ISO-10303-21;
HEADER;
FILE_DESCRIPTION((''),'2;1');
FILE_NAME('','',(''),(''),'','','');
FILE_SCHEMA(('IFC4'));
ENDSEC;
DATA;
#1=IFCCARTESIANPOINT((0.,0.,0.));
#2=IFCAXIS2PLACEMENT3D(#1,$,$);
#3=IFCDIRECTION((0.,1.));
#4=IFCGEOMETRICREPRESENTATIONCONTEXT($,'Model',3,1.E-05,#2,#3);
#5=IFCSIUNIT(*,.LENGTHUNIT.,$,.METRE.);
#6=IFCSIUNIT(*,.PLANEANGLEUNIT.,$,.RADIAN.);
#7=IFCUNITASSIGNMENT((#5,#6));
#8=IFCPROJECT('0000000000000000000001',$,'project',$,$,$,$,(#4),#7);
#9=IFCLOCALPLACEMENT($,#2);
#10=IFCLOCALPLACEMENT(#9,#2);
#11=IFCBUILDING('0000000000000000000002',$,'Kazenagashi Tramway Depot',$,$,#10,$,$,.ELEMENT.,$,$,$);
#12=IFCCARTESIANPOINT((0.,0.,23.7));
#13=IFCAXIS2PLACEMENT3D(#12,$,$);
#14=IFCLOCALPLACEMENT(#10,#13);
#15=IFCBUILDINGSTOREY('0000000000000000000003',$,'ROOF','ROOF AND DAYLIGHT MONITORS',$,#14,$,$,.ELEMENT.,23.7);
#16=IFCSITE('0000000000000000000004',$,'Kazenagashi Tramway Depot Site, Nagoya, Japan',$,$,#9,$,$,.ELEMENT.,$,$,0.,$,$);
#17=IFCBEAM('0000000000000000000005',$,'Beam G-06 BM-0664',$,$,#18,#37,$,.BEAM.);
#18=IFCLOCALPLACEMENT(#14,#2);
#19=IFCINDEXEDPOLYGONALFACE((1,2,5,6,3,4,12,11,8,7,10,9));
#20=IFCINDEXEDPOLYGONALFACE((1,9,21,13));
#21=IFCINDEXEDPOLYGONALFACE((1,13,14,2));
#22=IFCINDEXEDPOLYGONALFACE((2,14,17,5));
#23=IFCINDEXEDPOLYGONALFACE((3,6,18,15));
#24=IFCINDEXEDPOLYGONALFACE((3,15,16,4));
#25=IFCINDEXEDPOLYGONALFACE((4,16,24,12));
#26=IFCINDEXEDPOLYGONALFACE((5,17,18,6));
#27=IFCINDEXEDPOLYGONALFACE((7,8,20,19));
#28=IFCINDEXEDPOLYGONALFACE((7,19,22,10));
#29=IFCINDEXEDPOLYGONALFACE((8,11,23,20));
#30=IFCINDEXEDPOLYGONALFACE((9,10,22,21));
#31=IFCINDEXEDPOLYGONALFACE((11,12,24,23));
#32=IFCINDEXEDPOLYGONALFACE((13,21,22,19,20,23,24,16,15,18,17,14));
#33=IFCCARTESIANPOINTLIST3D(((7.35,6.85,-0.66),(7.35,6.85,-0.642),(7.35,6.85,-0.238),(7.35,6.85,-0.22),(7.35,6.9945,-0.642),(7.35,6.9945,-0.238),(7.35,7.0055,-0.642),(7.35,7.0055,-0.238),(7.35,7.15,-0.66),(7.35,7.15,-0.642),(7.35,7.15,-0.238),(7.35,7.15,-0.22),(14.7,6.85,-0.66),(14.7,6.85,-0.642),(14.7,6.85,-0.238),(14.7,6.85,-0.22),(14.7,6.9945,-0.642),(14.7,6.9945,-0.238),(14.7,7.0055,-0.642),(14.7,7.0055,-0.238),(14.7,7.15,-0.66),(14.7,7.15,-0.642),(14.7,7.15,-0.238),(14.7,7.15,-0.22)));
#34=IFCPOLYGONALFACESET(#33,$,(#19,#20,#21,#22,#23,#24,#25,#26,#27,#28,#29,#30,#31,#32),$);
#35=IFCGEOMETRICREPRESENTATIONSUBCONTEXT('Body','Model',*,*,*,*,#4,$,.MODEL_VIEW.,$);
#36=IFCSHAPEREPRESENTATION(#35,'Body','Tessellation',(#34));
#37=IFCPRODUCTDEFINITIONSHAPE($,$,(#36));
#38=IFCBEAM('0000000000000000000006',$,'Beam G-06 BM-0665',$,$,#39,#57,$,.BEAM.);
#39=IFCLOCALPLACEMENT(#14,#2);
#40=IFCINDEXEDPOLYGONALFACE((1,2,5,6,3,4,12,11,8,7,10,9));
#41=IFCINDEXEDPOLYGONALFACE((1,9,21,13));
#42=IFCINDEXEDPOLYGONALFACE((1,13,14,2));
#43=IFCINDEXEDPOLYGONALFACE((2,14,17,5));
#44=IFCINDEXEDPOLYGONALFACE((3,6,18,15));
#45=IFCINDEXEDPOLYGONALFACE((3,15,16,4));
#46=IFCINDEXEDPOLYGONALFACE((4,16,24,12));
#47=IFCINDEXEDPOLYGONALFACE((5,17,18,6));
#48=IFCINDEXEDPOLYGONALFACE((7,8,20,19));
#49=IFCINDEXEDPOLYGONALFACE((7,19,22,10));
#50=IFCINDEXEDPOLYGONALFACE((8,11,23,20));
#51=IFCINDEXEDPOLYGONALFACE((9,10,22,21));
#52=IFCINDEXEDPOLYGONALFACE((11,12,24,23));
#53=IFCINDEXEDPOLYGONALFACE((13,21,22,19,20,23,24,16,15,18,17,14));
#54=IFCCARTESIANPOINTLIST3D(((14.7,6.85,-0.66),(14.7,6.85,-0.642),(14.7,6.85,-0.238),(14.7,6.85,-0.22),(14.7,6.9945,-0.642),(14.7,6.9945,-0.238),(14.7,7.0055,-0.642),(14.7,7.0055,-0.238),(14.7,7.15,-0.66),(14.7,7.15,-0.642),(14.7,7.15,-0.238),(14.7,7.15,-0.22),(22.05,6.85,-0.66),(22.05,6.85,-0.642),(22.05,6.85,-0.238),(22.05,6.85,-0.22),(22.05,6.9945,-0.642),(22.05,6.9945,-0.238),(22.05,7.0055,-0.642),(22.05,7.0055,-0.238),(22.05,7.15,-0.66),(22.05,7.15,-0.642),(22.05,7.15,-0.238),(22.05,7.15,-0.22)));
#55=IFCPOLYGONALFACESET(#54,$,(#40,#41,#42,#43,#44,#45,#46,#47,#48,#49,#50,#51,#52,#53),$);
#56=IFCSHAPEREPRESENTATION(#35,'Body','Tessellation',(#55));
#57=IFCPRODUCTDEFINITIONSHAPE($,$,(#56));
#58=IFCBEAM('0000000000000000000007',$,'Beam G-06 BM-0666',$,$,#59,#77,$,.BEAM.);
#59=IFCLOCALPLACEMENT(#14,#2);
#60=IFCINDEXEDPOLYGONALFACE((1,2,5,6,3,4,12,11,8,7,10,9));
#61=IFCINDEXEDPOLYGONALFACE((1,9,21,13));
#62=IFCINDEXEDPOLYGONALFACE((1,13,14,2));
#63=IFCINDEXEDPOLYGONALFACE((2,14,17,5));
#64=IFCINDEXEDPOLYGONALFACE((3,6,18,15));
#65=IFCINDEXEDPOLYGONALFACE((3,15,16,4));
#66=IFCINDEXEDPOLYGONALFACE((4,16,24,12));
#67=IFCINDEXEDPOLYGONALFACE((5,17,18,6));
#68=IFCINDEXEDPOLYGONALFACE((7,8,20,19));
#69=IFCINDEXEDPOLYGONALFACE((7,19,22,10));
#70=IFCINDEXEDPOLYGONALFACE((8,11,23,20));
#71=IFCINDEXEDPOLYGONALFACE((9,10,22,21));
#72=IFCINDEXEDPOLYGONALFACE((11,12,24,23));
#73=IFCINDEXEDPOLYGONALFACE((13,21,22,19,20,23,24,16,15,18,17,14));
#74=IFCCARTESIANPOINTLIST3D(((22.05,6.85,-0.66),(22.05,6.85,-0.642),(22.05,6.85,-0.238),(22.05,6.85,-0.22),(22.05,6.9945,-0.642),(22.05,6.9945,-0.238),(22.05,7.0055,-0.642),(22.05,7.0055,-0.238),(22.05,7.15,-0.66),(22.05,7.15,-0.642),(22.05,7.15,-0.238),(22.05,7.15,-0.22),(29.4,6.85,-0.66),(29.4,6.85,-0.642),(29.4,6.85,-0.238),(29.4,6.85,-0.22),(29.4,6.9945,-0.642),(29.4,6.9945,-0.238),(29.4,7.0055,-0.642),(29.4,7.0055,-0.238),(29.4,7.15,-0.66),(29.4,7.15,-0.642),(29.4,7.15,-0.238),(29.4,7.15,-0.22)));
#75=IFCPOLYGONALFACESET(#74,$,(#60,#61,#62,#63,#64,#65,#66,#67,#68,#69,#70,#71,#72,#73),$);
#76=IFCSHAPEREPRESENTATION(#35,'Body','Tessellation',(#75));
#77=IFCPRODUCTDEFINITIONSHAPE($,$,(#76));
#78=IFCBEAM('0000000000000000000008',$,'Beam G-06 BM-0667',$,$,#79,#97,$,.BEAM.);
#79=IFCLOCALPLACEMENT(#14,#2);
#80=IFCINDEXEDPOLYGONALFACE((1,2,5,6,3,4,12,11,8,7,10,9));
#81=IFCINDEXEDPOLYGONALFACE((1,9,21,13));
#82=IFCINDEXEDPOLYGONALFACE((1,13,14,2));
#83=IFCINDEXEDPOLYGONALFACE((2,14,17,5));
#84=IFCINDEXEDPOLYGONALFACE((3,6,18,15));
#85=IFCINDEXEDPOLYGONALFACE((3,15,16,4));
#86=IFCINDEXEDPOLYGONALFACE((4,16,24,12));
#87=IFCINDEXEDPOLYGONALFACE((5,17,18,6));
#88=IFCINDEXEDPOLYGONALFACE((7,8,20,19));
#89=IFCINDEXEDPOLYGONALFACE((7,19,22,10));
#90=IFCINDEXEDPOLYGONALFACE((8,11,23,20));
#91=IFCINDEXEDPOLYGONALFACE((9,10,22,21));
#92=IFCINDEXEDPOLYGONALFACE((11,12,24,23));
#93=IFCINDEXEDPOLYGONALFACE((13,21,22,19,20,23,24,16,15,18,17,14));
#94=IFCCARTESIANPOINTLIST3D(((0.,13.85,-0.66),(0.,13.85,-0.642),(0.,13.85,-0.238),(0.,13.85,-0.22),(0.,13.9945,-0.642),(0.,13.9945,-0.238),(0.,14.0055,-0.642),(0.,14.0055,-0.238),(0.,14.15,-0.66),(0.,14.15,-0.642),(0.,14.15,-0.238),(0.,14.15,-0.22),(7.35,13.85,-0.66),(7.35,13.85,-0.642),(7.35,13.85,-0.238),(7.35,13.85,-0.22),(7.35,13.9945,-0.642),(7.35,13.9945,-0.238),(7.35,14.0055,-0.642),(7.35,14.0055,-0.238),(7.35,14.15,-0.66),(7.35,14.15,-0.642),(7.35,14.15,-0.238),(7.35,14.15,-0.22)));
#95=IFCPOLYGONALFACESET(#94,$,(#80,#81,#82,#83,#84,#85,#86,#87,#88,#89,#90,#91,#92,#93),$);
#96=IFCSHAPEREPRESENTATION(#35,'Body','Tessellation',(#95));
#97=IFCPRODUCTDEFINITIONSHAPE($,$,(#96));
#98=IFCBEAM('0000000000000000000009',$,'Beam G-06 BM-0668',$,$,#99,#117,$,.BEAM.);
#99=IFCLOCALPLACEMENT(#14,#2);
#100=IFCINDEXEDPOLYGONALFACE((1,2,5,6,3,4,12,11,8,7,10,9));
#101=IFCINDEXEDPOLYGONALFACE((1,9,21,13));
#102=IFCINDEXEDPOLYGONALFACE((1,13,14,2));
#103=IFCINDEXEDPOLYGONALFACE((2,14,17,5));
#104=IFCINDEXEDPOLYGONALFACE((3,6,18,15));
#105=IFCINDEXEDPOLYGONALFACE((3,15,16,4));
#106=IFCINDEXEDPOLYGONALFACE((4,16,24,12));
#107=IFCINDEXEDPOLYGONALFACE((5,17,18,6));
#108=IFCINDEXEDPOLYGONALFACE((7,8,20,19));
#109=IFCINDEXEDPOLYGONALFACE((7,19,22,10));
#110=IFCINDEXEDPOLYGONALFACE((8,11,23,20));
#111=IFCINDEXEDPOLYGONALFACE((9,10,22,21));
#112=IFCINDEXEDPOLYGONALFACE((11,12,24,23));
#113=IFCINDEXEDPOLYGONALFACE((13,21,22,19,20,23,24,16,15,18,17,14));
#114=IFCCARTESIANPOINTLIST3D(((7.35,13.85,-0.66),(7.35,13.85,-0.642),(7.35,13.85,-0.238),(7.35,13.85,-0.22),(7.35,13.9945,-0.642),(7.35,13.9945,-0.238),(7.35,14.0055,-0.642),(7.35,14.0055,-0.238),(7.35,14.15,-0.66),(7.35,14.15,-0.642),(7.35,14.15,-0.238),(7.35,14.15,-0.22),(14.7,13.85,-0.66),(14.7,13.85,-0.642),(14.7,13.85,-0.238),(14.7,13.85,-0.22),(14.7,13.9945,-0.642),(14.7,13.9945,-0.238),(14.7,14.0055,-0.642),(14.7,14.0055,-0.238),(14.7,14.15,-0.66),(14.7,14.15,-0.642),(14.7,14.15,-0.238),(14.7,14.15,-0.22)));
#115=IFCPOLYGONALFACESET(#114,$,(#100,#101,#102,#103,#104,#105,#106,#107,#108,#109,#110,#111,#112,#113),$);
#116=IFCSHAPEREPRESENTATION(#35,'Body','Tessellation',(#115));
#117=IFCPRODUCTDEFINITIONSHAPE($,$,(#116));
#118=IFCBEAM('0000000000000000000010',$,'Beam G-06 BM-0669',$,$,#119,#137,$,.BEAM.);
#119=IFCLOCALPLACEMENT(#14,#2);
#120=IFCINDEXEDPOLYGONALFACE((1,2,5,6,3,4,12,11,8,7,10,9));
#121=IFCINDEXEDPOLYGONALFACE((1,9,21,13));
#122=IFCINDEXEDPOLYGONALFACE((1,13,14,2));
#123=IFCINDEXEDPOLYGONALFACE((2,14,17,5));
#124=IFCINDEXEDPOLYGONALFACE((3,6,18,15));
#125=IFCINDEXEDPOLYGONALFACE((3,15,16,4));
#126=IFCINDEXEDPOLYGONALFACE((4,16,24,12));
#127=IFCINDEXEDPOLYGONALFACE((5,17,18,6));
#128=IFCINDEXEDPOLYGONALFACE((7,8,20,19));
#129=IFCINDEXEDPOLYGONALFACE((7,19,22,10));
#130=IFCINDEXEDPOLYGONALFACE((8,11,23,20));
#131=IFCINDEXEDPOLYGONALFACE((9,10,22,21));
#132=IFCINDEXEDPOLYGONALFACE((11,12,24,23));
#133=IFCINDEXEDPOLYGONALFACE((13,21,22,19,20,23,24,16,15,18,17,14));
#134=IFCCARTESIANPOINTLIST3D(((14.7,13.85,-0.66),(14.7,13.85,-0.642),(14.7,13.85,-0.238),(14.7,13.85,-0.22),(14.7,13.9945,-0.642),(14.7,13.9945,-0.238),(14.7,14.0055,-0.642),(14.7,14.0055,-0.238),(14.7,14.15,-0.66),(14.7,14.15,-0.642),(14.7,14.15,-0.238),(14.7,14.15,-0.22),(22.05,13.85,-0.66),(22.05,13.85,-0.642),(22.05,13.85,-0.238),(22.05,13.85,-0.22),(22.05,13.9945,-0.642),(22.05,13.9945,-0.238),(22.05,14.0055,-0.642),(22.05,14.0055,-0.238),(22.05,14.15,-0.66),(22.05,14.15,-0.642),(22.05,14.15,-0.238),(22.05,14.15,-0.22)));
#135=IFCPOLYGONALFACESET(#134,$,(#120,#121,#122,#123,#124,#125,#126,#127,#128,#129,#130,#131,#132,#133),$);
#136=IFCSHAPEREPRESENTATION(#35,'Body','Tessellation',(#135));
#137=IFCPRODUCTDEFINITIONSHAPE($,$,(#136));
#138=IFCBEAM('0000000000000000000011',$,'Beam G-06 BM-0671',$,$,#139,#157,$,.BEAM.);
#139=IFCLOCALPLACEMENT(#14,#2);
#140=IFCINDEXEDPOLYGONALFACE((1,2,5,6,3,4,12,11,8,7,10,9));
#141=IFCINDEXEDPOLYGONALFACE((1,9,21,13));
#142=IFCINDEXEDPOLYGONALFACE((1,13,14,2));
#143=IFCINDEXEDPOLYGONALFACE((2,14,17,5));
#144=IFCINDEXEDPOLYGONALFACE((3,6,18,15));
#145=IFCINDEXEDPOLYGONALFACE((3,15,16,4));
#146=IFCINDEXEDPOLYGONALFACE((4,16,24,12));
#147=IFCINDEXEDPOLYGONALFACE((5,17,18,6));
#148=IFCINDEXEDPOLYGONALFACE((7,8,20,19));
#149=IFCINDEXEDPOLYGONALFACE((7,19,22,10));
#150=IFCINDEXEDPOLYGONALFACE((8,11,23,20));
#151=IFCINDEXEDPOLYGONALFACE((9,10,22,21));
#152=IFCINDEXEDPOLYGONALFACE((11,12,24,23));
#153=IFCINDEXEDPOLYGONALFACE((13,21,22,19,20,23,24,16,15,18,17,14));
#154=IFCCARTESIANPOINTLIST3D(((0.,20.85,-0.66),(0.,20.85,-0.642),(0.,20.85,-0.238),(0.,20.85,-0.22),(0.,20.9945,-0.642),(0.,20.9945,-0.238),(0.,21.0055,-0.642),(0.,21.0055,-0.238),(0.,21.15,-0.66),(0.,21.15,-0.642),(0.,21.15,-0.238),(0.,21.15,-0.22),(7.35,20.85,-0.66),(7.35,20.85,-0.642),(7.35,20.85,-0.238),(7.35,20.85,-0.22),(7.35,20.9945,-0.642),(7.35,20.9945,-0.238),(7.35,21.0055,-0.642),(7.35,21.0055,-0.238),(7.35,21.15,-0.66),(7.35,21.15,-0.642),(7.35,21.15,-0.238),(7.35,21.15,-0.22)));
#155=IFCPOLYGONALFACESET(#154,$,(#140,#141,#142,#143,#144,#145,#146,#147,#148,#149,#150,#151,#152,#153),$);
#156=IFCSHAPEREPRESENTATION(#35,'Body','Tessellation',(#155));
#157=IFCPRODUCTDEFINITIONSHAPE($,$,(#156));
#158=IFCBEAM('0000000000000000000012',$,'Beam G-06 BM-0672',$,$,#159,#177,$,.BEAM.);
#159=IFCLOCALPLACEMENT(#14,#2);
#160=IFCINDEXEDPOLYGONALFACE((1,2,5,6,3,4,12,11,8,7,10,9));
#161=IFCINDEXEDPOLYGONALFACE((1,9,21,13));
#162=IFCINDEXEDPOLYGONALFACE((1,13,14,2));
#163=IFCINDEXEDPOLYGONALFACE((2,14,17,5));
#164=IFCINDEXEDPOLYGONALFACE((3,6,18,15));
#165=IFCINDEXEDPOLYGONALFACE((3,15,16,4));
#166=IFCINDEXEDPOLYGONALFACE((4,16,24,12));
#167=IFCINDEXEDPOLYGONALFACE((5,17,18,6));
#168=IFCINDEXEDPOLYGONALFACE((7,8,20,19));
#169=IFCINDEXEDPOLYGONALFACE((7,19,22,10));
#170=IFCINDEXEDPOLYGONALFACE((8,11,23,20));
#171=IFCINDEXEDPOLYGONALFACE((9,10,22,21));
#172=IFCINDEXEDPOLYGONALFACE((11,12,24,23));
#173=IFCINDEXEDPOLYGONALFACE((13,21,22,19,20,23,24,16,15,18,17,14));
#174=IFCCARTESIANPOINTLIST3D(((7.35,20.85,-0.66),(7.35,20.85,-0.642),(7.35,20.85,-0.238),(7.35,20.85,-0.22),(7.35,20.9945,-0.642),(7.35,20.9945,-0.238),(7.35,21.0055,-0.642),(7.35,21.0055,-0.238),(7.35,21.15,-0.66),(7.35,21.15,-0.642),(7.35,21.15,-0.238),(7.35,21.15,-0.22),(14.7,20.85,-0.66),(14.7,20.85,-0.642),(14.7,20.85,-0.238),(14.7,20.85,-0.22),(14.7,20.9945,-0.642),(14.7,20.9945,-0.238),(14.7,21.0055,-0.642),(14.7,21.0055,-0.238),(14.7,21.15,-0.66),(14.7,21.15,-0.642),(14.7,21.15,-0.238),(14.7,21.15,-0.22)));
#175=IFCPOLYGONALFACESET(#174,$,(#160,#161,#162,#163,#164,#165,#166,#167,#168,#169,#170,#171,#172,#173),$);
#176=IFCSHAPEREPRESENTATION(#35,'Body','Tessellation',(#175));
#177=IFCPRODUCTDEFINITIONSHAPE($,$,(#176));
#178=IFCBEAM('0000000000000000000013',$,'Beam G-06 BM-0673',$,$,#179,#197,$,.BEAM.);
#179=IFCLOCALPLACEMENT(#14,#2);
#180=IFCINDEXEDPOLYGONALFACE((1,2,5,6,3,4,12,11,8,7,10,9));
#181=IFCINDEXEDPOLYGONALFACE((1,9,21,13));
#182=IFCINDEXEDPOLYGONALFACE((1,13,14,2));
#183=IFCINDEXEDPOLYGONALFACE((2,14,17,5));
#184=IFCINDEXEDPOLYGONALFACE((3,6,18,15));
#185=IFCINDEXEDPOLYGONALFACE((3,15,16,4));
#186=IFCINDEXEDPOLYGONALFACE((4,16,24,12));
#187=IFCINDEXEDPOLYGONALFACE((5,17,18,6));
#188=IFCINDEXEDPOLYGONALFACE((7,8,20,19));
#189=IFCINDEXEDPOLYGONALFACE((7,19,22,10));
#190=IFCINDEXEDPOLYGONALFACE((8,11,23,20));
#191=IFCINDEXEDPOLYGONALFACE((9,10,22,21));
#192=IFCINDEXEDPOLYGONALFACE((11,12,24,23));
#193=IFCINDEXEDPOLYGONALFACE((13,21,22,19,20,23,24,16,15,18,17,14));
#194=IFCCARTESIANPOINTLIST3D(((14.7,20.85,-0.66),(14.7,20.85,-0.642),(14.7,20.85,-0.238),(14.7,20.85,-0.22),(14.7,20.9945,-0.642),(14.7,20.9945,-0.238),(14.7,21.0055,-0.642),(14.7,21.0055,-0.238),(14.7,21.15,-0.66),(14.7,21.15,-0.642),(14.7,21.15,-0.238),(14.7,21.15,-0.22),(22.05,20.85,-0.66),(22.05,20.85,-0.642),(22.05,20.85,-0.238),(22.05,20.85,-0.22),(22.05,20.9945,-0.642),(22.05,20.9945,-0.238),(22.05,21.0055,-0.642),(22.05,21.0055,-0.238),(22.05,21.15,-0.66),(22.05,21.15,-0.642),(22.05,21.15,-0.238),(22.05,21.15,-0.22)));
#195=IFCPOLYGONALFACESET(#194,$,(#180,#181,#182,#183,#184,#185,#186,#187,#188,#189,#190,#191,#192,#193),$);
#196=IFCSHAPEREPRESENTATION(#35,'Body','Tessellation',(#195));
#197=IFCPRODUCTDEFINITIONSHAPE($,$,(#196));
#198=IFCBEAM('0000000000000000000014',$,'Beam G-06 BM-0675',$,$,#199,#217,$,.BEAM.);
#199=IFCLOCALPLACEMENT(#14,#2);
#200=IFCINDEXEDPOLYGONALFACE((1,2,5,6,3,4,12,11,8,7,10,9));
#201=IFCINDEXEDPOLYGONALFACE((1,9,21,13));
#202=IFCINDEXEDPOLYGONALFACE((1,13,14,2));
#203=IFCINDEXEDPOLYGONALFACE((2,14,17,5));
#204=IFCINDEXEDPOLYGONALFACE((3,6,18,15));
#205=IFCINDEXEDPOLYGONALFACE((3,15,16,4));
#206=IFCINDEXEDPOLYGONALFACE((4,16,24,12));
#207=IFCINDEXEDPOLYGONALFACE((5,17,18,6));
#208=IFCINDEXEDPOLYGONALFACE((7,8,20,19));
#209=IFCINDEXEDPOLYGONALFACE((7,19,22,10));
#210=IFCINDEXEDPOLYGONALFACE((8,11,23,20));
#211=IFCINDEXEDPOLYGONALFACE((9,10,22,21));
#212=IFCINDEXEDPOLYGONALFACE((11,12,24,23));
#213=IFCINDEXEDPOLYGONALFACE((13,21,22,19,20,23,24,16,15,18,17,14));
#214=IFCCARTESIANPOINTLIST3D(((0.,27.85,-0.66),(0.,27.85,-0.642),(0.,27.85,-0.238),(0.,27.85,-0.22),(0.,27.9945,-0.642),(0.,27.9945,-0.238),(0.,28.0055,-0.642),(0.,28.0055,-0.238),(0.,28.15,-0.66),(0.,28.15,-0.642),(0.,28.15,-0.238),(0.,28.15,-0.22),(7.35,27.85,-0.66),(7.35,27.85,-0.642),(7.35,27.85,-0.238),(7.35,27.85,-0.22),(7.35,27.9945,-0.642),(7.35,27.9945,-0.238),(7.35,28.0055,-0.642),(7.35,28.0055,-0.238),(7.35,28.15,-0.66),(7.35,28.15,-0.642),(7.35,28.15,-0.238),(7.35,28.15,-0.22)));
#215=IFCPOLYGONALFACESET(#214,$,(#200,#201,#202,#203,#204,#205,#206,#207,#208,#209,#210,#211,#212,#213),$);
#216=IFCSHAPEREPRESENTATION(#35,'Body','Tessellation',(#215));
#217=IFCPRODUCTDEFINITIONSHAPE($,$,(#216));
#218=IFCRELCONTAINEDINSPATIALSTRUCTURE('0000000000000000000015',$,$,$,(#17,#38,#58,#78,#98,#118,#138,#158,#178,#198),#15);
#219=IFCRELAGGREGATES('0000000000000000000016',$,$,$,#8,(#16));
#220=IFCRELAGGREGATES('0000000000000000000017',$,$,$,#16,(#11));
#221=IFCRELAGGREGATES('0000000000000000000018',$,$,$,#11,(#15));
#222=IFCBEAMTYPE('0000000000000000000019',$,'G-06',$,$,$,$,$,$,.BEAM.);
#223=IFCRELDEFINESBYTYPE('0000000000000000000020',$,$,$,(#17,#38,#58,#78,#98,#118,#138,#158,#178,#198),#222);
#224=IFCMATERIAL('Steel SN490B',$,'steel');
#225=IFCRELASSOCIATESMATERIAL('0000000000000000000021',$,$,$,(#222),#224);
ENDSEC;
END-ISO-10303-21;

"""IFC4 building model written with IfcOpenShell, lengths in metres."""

from ifc_helpers import new_model, si_unit, direction, frame, origin, origin_2d, place, context, subcontext, project, spatial, i_section, extrude, material, material_profile, profile_set, type_object, element, save


model = new_model("IFC4")

# Units and contexts
model_context = context("Model", 3, precision=1e-05, world=origin(), true_north=direction((0.0, 1.0)))
body_context = subcontext(model_context, "Body", "Model", "MODEL_VIEW")
ifc_project = project(units=[si_unit("LENGTHUNIT", "METRE"), si_unit("PLANEANGLEUNIT", "RADIAN")], contexts=[model_context])

# Site, building, storey
site_placement = place(None, origin())
site = spatial("IfcSite", under=ifc_project, at=site_placement, Name="Kazenagashi Tramway Depot Site, Nagoya, Japan", CompositionType="ELEMENT", RefElevation=0.0)
building_placement = place(site_placement, origin())
building = spatial("IfcBuilding", under=site, at=building_placement, Name="Kazenagashi Tramway Depot", CompositionType="ELEMENT")
storey_placement = place(building_placement, frame((0.0, 0.0, 23.7)))
storey = spatial("IfcBuildingStorey", under=building, at=storey_placement, Name="ROOF", Description="ROOF AND DAYLIGHT MONITORS", CompositionType="ELEMENT", Elevation=23.7)

# Beams
ifc_material_1 = material(Name="Steel SN490B", Category="steel")
ifc_material_profile_1 = material_profile(ifc_material_1, i_section(OverallWidth=0.3, OverallDepth=0.44, WebThickness=0.011, FlangeThickness=0.018, at=origin_2d()), Name="H-440x300x11x18")
ifc_profile_set_1 = profile_set([ifc_material_profile_1], Name="Steel SN490B")
beam_type_1 = type_object("IfcBeamType", Name="G-06", PredefinedType="BEAM", material=ifc_profile_set_1)
for number, where, z_axis, x_axis, name in (
    (1, (7.35, 7.0, -0.44), (1.0, 0.0, 0.0), (0.0, 1.0, 0.0), "Beam G-06 BM-0664"),
    (2, (14.7, 7.0, -0.44), (1.0, 0.0, 0.0), (0.0, 1.0, 0.0), "Beam G-06 BM-0665"),
    (3, (22.05, 7.0, -0.44), (1.0, 0.0, 0.0), (0.0, 1.0, 0.0), "Beam G-06 BM-0666"),
    (4, (0.0, 14.0, -0.44), (1.0, 0.0, 0.0), (0.0, 1.0, 0.0), "Beam G-06 BM-0667"),
    (5, (7.35, 14.0, -0.44), (1.0, 0.0, 0.0), (0.0, 1.0, 0.0), "Beam G-06 BM-0668"),
    (6, (14.7, 14.0, -0.44), (1.0, 0.0, 0.0), (0.0, 1.0, 0.0), "Beam G-06 BM-0669"),
    (7, (0.0, 21.0, -0.44), (1.0, 0.0, 0.0), (0.0, 1.0, 0.0), "Beam G-06 BM-0671"),
    (8, (7.35, 21.0, -0.44), (1.0, 0.0, 0.0), (0.0, 1.0, 0.0), "Beam G-06 BM-0672"),
    (9, (14.7, 21.0, -0.44), (1.0, 0.0, 0.0), (0.0, 1.0, 0.0), "Beam G-06 BM-0673"),
    (10, (0.0, 28.0, -0.44), (1.0, 0.0, 0.0), (0.0, 1.0, 0.0), "Beam G-06 BM-0675"),
):
    element("IfcBeam", number, at=place(storey_placement, frame(where, z_axis=z_axis, x_axis=x_axis)), inside=storey, type_object=beam_type_1, Name=name, PredefinedType="BEAM", context=body_context, shape_type="SweptSolid", body=[
        extrude(i_section(OverallWidth=0.3, OverallDepth=0.44, WebThickness=0.011, FlangeThickness=0.018, at=origin_2d()), origin(), (0.0, 0.0, 1.0), 7.35),
    ])

save(model, "model.ifc")
